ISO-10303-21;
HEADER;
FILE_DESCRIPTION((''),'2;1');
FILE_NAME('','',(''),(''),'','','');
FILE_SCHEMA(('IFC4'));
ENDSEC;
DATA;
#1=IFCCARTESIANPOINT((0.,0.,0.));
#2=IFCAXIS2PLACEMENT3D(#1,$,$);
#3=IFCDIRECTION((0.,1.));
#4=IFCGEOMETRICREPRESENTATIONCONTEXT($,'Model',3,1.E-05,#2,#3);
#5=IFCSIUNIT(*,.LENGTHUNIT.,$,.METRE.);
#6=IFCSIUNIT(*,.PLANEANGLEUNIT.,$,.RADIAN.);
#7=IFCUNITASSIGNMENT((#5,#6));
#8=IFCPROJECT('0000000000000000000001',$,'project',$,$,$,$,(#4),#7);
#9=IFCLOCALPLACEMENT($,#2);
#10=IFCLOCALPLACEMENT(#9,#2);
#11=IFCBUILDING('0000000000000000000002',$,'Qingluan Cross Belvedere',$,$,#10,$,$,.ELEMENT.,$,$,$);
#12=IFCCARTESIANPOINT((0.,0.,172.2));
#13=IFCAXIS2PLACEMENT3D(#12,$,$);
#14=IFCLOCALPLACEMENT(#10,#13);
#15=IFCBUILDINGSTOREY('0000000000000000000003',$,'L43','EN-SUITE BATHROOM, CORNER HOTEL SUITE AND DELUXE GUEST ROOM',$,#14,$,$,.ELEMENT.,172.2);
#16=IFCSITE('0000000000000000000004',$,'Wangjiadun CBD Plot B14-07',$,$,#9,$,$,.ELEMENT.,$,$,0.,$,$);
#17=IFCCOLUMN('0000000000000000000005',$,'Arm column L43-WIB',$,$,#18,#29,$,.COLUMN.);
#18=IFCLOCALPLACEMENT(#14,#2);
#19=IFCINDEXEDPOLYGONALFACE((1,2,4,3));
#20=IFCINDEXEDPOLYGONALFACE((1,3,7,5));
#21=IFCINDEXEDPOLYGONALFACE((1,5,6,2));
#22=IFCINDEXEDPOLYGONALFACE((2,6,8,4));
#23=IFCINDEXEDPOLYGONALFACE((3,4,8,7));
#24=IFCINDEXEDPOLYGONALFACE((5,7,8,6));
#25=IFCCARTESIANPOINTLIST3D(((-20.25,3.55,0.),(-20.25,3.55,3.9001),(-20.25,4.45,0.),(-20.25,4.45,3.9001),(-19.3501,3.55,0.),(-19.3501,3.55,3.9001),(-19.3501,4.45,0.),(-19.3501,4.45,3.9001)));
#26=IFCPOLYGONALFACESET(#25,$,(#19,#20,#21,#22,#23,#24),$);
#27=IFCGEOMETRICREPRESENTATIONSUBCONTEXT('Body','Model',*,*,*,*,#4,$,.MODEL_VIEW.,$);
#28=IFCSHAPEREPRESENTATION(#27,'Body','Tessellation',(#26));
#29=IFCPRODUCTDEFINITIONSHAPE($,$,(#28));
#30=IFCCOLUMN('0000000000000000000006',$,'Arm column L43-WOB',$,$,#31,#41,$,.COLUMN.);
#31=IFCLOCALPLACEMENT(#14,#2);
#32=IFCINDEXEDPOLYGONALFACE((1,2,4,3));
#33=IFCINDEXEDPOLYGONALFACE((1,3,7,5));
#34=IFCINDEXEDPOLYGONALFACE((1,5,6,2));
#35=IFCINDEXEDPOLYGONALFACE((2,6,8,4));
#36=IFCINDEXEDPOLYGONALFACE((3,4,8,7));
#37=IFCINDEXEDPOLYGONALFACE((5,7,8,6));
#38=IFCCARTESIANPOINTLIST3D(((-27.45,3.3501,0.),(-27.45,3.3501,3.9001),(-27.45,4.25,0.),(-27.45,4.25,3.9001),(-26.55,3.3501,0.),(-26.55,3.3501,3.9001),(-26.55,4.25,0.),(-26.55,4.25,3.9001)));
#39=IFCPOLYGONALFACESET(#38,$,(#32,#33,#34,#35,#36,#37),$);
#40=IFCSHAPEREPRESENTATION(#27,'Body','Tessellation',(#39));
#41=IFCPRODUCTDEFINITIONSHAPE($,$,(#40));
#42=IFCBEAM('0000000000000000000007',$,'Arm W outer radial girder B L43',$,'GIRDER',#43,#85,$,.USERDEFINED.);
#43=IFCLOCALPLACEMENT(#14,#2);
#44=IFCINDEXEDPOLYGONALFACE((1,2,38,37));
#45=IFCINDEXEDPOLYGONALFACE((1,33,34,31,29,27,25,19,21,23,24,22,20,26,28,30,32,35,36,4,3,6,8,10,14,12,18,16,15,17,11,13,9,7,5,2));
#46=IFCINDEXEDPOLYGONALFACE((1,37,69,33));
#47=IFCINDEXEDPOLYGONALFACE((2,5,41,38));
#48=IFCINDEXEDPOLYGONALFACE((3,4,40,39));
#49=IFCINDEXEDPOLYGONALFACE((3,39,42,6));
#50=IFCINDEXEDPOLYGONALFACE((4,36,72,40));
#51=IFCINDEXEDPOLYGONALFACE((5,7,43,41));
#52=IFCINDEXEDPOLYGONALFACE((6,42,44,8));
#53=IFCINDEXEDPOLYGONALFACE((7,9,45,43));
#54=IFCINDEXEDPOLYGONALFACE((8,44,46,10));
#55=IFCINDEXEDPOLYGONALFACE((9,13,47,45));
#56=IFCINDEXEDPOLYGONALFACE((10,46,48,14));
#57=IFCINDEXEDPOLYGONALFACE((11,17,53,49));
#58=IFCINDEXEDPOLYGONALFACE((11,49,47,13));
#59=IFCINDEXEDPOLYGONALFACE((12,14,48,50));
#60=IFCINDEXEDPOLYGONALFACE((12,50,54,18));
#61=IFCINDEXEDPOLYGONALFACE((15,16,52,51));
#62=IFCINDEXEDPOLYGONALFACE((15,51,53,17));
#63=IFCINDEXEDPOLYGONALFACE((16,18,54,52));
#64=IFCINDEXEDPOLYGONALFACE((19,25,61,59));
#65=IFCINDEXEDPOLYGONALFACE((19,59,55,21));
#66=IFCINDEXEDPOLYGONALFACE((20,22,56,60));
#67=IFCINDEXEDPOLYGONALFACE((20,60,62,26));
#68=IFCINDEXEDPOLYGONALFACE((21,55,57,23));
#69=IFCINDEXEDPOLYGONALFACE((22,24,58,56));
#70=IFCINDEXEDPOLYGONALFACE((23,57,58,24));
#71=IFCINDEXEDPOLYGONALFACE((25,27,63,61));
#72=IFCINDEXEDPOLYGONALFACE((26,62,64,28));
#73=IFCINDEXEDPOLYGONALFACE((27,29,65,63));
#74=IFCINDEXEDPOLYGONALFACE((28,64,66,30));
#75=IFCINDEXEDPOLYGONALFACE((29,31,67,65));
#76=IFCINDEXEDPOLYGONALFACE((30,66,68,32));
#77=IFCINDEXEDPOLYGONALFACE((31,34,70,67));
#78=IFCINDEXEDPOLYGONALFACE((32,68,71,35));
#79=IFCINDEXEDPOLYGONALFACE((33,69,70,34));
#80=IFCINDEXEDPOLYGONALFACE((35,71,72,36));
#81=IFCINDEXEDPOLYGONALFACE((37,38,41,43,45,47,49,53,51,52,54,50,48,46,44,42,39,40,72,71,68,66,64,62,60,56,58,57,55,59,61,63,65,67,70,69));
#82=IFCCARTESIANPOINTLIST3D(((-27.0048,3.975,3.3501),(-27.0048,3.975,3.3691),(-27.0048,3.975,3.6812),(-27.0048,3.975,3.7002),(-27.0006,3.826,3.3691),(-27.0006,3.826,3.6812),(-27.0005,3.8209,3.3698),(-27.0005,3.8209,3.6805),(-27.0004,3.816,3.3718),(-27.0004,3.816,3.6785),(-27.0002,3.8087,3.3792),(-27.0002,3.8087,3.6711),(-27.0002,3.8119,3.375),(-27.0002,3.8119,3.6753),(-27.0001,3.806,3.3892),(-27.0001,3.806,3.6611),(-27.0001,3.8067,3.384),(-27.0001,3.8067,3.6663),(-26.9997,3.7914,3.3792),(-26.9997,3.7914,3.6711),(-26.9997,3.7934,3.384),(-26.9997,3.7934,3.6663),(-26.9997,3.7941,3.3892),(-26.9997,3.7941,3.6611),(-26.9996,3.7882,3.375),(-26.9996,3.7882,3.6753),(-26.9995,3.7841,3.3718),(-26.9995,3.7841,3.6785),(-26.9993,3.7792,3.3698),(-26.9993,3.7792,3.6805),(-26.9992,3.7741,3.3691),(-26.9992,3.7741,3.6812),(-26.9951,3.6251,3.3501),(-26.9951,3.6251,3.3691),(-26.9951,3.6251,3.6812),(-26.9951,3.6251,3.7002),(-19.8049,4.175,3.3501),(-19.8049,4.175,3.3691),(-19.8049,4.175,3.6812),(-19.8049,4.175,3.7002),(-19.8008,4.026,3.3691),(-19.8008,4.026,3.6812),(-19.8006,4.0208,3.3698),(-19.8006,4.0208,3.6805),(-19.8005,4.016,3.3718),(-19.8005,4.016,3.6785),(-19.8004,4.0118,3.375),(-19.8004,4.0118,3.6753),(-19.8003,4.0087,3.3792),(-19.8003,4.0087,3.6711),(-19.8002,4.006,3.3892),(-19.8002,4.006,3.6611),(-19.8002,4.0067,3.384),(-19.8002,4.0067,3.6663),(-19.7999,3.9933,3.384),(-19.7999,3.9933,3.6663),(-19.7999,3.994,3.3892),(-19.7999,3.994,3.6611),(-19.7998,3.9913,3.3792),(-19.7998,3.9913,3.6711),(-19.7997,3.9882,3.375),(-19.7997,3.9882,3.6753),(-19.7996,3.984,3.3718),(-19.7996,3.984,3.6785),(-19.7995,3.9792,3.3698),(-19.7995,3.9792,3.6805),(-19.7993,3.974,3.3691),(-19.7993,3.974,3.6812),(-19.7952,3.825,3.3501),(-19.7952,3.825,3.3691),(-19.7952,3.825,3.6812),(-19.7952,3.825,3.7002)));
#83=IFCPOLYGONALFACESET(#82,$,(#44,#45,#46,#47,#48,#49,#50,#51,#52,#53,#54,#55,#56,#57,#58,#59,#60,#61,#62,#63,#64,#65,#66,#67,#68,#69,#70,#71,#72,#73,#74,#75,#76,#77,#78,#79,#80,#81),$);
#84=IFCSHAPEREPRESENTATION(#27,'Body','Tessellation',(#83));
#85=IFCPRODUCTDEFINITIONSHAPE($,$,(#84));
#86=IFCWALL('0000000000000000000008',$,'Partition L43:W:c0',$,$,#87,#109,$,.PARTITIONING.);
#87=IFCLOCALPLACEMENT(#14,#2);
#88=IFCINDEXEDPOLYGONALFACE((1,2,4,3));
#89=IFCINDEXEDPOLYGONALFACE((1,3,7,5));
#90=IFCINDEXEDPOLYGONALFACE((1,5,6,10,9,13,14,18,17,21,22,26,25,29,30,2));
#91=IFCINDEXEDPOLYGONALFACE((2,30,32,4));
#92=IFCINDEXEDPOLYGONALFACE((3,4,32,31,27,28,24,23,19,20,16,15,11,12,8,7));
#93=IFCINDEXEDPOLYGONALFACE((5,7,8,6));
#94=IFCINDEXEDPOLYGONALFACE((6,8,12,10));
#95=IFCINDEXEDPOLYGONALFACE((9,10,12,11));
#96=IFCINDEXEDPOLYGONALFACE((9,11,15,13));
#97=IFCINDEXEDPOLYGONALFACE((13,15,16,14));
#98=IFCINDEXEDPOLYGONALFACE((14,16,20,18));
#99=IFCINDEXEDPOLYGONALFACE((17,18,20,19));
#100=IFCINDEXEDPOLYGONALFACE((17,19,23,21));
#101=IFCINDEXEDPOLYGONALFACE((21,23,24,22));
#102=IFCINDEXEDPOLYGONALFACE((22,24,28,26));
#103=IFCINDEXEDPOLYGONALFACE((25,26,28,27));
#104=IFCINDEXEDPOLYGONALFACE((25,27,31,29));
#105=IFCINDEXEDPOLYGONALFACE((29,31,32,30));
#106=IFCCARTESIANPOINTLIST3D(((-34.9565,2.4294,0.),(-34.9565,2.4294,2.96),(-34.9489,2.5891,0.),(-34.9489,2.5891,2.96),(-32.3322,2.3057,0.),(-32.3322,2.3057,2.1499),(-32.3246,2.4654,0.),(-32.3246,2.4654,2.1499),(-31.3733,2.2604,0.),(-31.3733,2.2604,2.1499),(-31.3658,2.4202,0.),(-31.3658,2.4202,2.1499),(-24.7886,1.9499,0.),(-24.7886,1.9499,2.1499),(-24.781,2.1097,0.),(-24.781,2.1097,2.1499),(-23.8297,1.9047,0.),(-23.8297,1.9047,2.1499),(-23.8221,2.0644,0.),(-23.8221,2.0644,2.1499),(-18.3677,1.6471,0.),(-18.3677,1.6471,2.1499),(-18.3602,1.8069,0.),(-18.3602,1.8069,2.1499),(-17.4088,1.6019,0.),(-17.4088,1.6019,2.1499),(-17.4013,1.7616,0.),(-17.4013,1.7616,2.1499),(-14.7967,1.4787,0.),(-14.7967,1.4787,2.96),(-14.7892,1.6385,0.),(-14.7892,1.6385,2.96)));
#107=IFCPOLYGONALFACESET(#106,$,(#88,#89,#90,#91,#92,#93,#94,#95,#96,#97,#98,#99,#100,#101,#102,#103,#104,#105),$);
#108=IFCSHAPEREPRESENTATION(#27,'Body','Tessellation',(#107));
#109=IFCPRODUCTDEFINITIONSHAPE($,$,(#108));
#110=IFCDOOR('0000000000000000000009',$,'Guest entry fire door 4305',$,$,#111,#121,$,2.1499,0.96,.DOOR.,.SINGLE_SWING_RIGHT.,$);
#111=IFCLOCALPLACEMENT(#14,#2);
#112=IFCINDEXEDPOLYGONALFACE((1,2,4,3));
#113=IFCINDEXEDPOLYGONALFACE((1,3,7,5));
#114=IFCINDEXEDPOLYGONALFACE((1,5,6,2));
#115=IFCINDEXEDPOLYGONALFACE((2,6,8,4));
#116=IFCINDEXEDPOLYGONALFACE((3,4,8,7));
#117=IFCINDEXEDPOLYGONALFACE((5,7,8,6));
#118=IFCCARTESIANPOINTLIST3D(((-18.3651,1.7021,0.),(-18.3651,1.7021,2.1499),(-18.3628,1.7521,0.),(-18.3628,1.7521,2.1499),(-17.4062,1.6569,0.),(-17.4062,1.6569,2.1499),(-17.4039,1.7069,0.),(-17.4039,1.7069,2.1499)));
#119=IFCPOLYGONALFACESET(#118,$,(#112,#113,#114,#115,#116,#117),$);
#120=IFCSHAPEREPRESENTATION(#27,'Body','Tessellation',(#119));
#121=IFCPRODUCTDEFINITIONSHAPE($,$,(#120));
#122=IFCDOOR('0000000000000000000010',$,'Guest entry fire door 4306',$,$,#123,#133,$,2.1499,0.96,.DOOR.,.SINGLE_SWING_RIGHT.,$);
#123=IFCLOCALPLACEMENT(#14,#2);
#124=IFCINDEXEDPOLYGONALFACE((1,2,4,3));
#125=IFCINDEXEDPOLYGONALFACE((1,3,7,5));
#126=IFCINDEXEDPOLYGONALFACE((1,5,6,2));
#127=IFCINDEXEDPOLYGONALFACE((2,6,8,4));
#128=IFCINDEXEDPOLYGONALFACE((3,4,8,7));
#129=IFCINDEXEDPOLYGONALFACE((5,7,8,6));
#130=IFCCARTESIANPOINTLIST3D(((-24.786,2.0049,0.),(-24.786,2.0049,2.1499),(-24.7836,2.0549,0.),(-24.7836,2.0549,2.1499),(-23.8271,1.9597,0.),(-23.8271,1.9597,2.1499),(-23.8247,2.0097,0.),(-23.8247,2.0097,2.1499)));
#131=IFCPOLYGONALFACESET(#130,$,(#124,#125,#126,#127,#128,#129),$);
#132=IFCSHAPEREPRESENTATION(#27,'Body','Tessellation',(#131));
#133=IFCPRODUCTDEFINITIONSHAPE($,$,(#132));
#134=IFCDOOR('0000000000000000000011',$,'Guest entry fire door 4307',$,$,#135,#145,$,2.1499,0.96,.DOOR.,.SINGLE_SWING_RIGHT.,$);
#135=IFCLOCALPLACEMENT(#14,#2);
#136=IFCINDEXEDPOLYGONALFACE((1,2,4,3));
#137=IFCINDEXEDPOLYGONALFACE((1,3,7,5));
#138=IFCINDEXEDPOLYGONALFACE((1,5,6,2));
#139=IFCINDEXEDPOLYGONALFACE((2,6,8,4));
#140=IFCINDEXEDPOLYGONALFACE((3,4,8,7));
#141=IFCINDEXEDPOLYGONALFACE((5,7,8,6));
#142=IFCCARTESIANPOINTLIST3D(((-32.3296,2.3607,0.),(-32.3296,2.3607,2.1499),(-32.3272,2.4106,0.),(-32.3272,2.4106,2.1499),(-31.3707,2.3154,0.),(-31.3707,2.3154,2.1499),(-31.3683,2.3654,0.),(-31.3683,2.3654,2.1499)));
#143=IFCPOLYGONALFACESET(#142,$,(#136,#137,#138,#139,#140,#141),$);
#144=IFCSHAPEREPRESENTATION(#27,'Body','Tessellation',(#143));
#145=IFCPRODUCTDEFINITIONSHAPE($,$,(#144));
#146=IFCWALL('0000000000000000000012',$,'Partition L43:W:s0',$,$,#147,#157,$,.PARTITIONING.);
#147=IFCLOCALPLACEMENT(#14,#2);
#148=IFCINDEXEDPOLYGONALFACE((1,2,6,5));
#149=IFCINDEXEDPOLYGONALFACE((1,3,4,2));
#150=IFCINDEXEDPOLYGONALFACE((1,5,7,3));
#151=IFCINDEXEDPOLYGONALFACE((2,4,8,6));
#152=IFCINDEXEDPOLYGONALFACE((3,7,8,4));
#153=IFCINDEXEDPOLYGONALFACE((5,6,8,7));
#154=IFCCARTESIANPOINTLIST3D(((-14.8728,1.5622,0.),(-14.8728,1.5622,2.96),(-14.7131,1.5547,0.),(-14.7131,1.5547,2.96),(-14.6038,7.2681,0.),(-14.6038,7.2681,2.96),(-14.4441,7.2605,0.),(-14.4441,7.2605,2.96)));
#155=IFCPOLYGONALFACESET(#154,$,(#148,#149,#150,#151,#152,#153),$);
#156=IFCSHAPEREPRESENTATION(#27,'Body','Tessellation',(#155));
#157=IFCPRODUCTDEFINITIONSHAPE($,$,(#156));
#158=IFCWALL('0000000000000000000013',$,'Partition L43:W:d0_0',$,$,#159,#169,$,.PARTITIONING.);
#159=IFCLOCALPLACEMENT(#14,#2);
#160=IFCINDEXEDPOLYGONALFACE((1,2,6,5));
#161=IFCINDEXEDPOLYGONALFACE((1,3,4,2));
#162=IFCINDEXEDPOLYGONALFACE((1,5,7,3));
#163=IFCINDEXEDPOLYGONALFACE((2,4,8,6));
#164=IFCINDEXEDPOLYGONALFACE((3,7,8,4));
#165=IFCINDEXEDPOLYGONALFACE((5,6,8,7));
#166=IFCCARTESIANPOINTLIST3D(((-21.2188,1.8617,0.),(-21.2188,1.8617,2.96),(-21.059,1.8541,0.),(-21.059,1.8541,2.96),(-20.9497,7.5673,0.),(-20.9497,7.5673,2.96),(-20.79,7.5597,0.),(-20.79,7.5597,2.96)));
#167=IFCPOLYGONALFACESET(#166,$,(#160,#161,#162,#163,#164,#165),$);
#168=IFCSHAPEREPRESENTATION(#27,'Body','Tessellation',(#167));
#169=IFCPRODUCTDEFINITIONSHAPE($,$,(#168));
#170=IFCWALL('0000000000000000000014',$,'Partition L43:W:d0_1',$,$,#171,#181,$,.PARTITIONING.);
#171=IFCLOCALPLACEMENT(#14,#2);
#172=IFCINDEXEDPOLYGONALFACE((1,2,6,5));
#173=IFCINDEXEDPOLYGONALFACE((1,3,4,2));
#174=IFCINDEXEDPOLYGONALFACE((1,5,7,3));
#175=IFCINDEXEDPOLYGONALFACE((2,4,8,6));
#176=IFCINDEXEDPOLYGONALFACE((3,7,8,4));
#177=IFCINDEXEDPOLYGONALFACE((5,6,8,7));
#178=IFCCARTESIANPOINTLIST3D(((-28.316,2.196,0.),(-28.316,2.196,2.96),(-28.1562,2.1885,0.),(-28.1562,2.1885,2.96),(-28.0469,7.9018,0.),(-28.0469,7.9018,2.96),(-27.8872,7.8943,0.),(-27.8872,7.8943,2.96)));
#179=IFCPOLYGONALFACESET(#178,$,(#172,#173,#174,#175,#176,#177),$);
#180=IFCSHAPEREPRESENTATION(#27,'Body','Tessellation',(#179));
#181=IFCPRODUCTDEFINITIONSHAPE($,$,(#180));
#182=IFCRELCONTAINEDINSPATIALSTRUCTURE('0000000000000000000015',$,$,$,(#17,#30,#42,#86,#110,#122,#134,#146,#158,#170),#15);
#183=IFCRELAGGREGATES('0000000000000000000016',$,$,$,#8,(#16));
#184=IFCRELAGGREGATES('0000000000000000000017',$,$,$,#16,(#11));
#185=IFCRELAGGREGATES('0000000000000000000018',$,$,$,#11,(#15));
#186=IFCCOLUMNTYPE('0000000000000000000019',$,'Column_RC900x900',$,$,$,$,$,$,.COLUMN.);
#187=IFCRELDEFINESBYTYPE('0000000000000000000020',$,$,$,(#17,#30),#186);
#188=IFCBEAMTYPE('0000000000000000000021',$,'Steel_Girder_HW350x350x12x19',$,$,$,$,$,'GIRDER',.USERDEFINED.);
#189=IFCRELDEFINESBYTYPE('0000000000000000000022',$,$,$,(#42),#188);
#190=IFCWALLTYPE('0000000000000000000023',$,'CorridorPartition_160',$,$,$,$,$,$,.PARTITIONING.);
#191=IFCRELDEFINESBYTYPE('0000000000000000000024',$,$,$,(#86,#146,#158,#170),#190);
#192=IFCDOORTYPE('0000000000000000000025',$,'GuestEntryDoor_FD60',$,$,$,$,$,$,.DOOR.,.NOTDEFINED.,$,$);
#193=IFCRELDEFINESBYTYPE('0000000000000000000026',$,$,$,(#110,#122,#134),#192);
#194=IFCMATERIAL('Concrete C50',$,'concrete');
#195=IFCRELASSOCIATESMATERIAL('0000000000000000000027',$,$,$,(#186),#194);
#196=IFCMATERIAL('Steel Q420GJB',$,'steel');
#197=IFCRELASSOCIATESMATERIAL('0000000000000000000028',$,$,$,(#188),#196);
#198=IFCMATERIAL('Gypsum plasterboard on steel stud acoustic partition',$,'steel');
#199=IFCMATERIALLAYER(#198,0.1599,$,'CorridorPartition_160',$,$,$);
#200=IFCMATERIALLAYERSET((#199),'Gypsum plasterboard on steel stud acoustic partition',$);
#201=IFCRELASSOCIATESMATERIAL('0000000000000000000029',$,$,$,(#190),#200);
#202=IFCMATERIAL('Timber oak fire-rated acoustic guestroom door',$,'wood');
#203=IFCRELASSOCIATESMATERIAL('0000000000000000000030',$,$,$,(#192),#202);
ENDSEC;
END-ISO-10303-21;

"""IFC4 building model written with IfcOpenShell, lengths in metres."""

from ifc_helpers import new_model, si_unit, direction, frame, frame_2d, origin, origin_2d, place, context, subcontext, project, spatial, rectangle, i_section, extrude, material, layer, layer_set, material_profile, profile_set, type_object, element, fill, save


model = new_model("IFC4")

# Units and contexts
model_context = context("Model", 3, precision=1e-05, world=origin(), true_north=direction((0.0, 1.0)))
body_context = subcontext(model_context, "Body", "Model", "MODEL_VIEW")
ifc_project = project(units=[si_unit("LENGTHUNIT", "METRE"), si_unit("PLANEANGLEUNIT", "RADIAN")], contexts=[model_context])

# Site, building, storey
site_placement = place(None, origin())
site = spatial("IfcSite", under=ifc_project, at=site_placement, Name="Wangjiadun CBD Plot B14-07", CompositionType="ELEMENT", RefElevation=0.0)
building_placement = place(site_placement, origin())
building = spatial("IfcBuilding", under=site, at=building_placement, Name="Qingluan Cross Belvedere", CompositionType="ELEMENT")
storey_placement = place(building_placement, frame((0.0, 0.0, 172.2)))
storey = spatial("IfcBuildingStorey", under=building, at=storey_placement, Name="L43", Description="EN-SUITE BATHROOM, CORNER HOTEL SUITE AND DELUXE GUEST ROOM", CompositionType="ELEMENT", Elevation=172.2)

# Columns
ifc_material_1 = material(Name="Concrete C50", Category="concrete")
ifc_material_profile_1 = material_profile(ifc_material_1, rectangle(XDim=0.8999, YDim=0.8999, at=origin_2d()), Name="RC900x900")
ifc_profile_set_1 = profile_set([ifc_material_profile_1], Name="Concrete C50")
column_type = type_object("IfcColumnType", Name="Column_RC900x900", PredefinedType="COLUMN", material=ifc_profile_set_1)
for number, where, z_axis, x_axis, name in (
    (1, (-19.8, 4.0, 0.0), (0.0, 0.0, 1.0), (1.0, 0.0, 0.0), "Arm column L43-WIB"),
    (2, (-27.0, 3.8, 0.0), (0.0, 0.0, 1.0), (1.0, 0.0, 0.0), "Arm column L43-WOB"),
):
    element("IfcColumn", number, at=place(storey_placement, frame(where, z_axis=z_axis, x_axis=x_axis)), inside=storey, type_object=column_type, Name=name, PredefinedType="COLUMN", context=body_context, shape_type="SweptSolid", body=[
        extrude(rectangle(XDim=0.8999, YDim=0.8999, at=origin_2d()), origin(), (0.0, 0.0, 1.0), 3.9001),
    ])

# Beam
ifc_material_2 = material(Name="Steel Q420GJB", Category="steel")
ifc_material_profile_2 = material_profile(ifc_material_2, i_section(OverallWidth=0.3501, OverallDepth=0.3501, WebThickness=0.012, FlangeThickness=0.019, FilletRadius=0.02, at=origin_2d()), Name="HW350x350x12x19")
ifc_profile_set_2 = profile_set([ifc_material_profile_2], Name="Steel Q420GJB")
beam_type = type_object("IfcBeamType", Name="Steel_Girder_HW350x350x12x19", ElementType="GIRDER", PredefinedType="USERDEFINED", material=ifc_profile_set_2)
beam_placement = place(storey_placement, frame((-19.8, 4.0, 3.5251), z_axis=(-0.999615, -0.02776, 0.0), x_axis=(0.02776, -0.999615, 0.0)))
element("IfcBeam", 3, at=beam_placement, inside=storey, type_object=beam_type, Name="Arm W outer radial girder B L43", ObjectType="GIRDER", PredefinedType="USERDEFINED", context=body_context, shape_type="SweptSolid", body=[
    extrude(i_section(OverallWidth=0.3501, OverallDepth=0.3501, WebThickness=0.012, FlangeThickness=0.019, FilletRadius=0.02, at=origin_2d()), origin(), (0.0, 0.0, 1.0), 7.2026),
])

# Wall, openings, doors
ifc_material_3 = material(Name="Gypsum plasterboard on steel stud acoustic partition", Category="steel")
ifc_layer_1 = layer(ifc_material_3, 0.1599, Name="CorridorPartition_160")
ifc_layer_set_1 = layer_set([ifc_layer_1], Name="Gypsum plasterboard on steel stud acoustic partition")
wall_type_1 = type_object("IfcWallType", Name="CorridorPartition_160", PredefinedType="PARTITIONING", material=ifc_layer_set_1)
wall_1_placement = place(storey_placement, frame((-14.793, 1.5586, 0.0), z_axis=(0.0, 0.0, 1.0), x_axis=(-0.99889, 0.047105, 0.0)))
wall_1 = element("IfcWall", 4, at=wall_1_placement, inside=storey, type_object=wall_type_1, Name="Partition L43:W:c0", PredefinedType="PARTITIONING", context=body_context, shape_type="SweptSolid", body=[
    extrude(rectangle(XDim=20.1821, YDim=0.1599, at=frame_2d((10.0911, 0.0))), origin(), (0.0, 0.0, 1.0), 2.96),
])
opening_1_placement = place(wall_1_placement, frame((2.615, 0.0, 0.0)))
opening_1 = element("IfcOpeningElement", 5, at=opening_1_placement, cuts=wall_1, PredefinedType="OPENING", context=body_context, shape_type="SweptSolid", body=[
    extrude(rectangle(XDim=0.96, YDim=2.1499, at=frame_2d((0.48, 1.075))), frame((0.0, 0.0898, 0.0), z_axis=(0.0, -1.0, 0.0), x_axis=(1.0, 0.0, 0.0)), (0.0, 0.0, 1.0), 0.1799),
])
opening_2_placement = place(wall_1_placement, frame((9.043, 0.0, 0.0)))
opening_2 = element("IfcOpeningElement", 6, at=opening_2_placement, cuts=wall_1, PredefinedType="OPENING", context=body_context, shape_type="SweptSolid", body=[
    extrude(rectangle(XDim=0.96, YDim=2.1499, at=frame_2d((0.48, 1.075))), frame((0.0, 0.0898, 0.0), z_axis=(0.0, -1.0, 0.0), x_axis=(1.0, 0.0, 0.0)), (0.0, 0.0, 1.0), 0.1799),
])
opening_3_placement = place(wall_1_placement, frame((16.595, 0.0, 0.0)))
opening_3 = element("IfcOpeningElement", 7, at=opening_3_placement, cuts=wall_1, PredefinedType="OPENING", context=body_context, shape_type="SweptSolid", body=[
    extrude(rectangle(XDim=0.96, YDim=2.1499, at=frame_2d((0.48, 1.075))), frame((0.0, 0.0898, 0.0), z_axis=(0.0, -1.0, 0.0), x_axis=(1.0, 0.0, 0.0)), (0.0, 0.0, 1.0), 0.1799),
])
ifc_material_4 = material(Name="Timber oak fire-rated acoustic guestroom door", Category="wood")
door_type_1 = type_object("IfcDoorType", Name="GuestEntryDoor_FD60", OperationType="NOTDEFINED", PredefinedType="DOOR", material=ifc_material_4)
door_1_placement = place(opening_1_placement, origin())
door_1 = element("IfcDoor", 8, at=door_1_placement, inside=storey, type_object=door_type_1, Name="Guest entry fire door 4305", OperationType="SINGLE_SWING_RIGHT", OverallHeight=2.1499, OverallWidth=0.96, PredefinedType="DOOR", context=body_context, shape_type="SweptSolid", body=[
    extrude(rectangle(XDim=0.96, YDim=2.1499, at=frame_2d((0.48, 1.075))), frame((0.0, 0.0249, 0.0), z_axis=(0.0, -1.0, 0.0), x_axis=(1.0, 0.0, 0.0)), (0.0, 0.0, 1.0), 0.05),
])
fill(opening_1, door_1)
door_2_placement = place(opening_2_placement, origin())
door_2 = element("IfcDoor", 9, at=door_2_placement, inside=storey, type_object=door_type_1, Name="Guest entry fire door 4306", OperationType="SINGLE_SWING_RIGHT", OverallHeight=2.1499, OverallWidth=0.96, PredefinedType="DOOR", context=body_context, shape_type="SweptSolid", body=[
    extrude(rectangle(XDim=0.96, YDim=2.1499, at=frame_2d((0.48, 1.075))), frame((0.0, 0.0249, 0.0), z_axis=(0.0, -1.0, 0.0), x_axis=(1.0, 0.0, 0.0)), (0.0, 0.0, 1.0), 0.05),
])
fill(opening_2, door_2)
door_3_placement = place(opening_3_placement, origin())
door_3 = element("IfcDoor", 10, at=door_3_placement, inside=storey, type_object=door_type_1, Name="Guest entry fire door 4307", OperationType="SINGLE_SWING_RIGHT", OverallHeight=2.1499, OverallWidth=0.96, PredefinedType="DOOR", context=body_context, shape_type="SweptSolid", body=[
    extrude(rectangle(XDim=0.96, YDim=2.1499, at=frame_2d((0.48, 1.075))), frame((0.0, 0.0249, 0.0), z_axis=(0.0, -1.0, 0.0), x_axis=(1.0, 0.0, 0.0)), (0.0, 0.0, 1.0), 0.05),
])
fill(opening_3, door_3)

# Walls
wall_2_placement = place(storey_placement, frame((-14.793, 1.5586, 0.0), z_axis=(0.0, 0.0, 1.0), x_axis=(0.0471, 0.99889, 0.0)))
element("IfcWall", 11, at=wall_2_placement, inside=storey, type_object=wall_type_1, Name="Partition L43:W:s0", PredefinedType="PARTITIONING", context=body_context, shape_type="SweptSolid", body=[
    extrude(rectangle(XDim=5.7122, YDim=0.1599, at=frame_2d((2.856, 0.0))), origin(), (0.0, 0.0, 1.0), 2.96),
])
wall_3_placement = place(storey_placement, frame((-21.1389, 1.8579, 0.0), z_axis=(0.0, 0.0, 1.0), x_axis=(0.047102, 0.99889, 0.0)))
element("IfcWall", 12, at=wall_3_placement, inside=storey, type_object=wall_type_1, Name="Partition L43:W:d0_0", PredefinedType="PARTITIONING", context=body_context, shape_type="SweptSolid", body=[
    extrude(rectangle(XDim=5.7119, YDim=0.1599, at=frame_2d((2.856, 0.0))), origin(), (0.0, 0.0, 1.0), 2.96),
])
wall_4_placement = place(storey_placement, frame((-28.2361, 2.1924, 0.0), z_axis=(0.0, 0.0, 1.0), x_axis=(0.0471, 0.99889, 0.0)))
element("IfcWall", 13, at=wall_4_placement, inside=storey, type_object=wall_type_1, Name="Partition L43:W:d0_1", PredefinedType="PARTITIONING", context=body_context, shape_type="SweptSolid", body=[
    extrude(rectangle(XDim=5.7122, YDim=0.1599, at=frame_2d((2.856, 0.0))), origin(), (0.0, 0.0, 1.0), 2.96),
])

save(model, "model.ifc")
